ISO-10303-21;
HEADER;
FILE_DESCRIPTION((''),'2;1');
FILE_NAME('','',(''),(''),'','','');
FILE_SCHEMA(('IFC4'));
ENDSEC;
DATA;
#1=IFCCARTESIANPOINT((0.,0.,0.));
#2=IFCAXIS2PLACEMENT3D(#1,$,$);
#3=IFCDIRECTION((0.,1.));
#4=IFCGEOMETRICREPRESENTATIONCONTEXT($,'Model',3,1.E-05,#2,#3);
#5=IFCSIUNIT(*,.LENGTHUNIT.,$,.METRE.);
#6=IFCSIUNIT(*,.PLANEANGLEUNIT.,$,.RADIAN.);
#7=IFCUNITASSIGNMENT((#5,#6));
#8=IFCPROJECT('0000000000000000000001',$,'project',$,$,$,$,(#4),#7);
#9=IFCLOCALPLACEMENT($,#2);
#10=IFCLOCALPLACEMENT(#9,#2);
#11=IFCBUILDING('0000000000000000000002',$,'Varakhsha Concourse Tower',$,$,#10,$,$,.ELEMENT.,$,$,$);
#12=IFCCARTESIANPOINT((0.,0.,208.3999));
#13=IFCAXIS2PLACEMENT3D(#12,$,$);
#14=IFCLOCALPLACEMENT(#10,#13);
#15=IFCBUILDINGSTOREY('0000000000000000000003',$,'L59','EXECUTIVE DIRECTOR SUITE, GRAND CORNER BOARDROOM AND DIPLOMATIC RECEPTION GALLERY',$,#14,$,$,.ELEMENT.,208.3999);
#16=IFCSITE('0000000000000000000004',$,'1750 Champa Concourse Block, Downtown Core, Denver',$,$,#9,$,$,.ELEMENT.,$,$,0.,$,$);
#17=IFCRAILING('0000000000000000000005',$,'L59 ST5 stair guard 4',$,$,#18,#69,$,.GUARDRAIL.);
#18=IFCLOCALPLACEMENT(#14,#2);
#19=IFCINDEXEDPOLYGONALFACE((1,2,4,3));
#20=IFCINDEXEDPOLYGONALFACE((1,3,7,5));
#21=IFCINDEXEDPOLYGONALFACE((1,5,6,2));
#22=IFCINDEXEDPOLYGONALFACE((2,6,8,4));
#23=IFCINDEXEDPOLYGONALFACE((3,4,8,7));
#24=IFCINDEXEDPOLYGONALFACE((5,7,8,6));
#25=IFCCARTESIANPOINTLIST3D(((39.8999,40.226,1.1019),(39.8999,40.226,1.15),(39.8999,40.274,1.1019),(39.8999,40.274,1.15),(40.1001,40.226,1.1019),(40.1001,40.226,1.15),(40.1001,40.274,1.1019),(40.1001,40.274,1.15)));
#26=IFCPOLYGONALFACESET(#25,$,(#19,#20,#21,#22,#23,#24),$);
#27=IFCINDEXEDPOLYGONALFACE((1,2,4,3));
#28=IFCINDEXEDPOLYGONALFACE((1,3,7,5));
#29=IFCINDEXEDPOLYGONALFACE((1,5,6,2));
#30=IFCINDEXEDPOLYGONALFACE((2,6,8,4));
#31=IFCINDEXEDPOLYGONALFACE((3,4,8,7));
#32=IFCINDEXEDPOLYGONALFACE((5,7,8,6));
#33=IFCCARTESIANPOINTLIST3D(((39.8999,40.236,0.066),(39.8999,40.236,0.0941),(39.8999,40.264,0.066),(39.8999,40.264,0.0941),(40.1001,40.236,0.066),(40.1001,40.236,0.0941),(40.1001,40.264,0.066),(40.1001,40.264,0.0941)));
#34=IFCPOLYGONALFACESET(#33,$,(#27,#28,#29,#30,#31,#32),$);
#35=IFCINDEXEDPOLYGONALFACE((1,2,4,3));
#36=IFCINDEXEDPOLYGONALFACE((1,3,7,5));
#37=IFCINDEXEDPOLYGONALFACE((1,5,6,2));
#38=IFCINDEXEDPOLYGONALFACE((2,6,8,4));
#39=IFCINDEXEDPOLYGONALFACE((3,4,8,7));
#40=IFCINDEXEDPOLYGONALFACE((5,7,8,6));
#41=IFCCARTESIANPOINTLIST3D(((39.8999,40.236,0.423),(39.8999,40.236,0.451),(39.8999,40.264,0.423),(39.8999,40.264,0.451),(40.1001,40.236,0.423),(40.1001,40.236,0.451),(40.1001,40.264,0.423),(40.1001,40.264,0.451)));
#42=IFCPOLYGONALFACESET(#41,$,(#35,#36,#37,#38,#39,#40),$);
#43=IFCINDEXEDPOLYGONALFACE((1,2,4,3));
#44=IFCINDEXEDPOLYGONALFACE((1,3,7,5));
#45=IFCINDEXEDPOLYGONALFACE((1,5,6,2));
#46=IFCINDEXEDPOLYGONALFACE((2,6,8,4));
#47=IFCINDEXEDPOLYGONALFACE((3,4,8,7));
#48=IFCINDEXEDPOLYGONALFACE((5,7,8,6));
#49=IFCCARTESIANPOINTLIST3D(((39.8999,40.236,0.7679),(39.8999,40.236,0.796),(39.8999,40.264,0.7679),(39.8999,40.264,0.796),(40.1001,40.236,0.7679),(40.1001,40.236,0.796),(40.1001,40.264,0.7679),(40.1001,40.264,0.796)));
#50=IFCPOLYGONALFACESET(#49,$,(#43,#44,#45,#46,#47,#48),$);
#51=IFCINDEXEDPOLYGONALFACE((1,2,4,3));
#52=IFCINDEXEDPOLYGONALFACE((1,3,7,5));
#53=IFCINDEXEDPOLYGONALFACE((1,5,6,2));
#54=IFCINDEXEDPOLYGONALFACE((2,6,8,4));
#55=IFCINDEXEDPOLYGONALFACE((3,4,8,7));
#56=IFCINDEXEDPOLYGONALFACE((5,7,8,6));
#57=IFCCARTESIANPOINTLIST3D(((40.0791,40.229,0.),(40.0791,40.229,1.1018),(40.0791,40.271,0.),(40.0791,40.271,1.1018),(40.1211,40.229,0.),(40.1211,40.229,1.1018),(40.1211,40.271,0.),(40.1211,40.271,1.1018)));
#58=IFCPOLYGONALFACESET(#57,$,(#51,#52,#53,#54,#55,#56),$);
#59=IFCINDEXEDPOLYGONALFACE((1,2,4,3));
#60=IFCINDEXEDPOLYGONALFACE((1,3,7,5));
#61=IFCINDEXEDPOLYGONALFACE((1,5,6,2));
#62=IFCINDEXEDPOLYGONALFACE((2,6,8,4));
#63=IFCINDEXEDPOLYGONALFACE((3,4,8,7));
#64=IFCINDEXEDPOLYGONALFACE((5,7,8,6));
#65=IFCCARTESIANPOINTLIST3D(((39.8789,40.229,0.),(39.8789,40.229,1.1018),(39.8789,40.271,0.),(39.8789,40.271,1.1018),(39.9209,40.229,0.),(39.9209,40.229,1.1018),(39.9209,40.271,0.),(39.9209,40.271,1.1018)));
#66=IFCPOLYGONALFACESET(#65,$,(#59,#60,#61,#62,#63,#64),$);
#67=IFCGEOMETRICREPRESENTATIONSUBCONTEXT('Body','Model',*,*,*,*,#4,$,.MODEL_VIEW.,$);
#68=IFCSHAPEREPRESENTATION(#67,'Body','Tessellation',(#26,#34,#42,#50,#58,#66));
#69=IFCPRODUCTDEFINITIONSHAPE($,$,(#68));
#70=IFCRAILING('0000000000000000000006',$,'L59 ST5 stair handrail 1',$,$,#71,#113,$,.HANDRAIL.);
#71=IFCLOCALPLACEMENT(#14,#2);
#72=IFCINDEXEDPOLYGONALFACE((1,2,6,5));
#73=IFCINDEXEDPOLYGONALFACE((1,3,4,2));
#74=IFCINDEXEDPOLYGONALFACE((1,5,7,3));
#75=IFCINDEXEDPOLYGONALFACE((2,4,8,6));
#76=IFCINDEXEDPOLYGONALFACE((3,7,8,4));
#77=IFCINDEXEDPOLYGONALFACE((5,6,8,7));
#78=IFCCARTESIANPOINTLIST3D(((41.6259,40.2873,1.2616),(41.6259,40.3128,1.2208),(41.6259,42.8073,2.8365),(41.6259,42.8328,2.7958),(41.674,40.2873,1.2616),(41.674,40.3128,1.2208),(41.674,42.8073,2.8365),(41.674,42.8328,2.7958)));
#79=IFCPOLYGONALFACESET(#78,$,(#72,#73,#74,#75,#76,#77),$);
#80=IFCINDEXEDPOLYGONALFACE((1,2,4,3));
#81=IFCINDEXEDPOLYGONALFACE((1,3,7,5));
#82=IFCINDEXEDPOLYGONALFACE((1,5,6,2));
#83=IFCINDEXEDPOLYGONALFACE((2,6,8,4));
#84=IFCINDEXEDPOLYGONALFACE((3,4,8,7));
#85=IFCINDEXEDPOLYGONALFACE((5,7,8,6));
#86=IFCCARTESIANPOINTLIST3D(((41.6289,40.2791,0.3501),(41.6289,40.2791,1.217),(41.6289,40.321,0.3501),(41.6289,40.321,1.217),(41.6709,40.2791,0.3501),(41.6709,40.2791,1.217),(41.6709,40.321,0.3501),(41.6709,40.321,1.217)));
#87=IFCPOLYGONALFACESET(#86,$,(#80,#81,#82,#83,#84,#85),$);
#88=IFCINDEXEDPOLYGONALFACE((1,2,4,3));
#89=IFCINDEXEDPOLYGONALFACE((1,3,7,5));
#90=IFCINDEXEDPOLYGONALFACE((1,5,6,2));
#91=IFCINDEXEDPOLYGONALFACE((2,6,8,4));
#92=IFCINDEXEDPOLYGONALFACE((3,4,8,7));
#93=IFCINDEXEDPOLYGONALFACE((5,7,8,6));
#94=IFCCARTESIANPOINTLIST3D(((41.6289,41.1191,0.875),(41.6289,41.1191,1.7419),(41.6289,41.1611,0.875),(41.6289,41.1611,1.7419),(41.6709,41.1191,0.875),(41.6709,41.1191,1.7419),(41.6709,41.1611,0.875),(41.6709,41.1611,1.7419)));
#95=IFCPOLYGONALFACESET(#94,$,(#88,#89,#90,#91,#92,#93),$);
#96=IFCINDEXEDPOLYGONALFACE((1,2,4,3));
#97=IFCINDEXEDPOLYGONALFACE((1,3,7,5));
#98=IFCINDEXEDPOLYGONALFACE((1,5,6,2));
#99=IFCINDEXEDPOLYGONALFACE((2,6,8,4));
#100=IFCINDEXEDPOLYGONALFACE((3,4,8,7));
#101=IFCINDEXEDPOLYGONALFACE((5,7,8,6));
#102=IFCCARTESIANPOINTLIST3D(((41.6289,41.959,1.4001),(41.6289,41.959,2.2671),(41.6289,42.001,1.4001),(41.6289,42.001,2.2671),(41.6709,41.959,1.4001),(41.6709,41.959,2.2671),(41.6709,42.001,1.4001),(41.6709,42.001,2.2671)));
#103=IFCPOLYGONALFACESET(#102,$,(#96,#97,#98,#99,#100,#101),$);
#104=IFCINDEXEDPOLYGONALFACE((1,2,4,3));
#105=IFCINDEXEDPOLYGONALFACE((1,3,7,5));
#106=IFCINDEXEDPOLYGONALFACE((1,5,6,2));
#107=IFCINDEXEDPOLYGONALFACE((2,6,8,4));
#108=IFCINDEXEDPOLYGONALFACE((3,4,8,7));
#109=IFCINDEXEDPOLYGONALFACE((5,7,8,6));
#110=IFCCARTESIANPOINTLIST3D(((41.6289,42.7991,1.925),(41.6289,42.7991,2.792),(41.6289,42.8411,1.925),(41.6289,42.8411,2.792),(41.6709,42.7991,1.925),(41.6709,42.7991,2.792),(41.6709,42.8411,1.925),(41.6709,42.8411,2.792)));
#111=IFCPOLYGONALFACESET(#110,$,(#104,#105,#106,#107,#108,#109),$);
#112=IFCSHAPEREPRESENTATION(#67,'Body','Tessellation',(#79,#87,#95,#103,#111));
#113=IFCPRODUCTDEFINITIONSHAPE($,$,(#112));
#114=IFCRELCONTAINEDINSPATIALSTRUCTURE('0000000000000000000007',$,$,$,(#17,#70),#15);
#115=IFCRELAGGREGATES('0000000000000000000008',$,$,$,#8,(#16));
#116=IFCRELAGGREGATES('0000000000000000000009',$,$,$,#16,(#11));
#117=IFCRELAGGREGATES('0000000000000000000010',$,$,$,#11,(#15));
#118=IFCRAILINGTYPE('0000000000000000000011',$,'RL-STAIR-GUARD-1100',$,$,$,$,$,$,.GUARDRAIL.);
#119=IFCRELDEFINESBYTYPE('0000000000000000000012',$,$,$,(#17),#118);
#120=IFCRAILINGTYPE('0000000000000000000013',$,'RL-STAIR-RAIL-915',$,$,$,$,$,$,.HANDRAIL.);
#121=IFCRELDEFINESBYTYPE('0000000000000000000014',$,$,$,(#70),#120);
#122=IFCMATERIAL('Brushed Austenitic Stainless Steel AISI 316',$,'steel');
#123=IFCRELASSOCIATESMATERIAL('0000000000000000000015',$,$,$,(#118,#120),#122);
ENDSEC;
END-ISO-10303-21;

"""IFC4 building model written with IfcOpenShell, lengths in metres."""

from ifc_helpers import new_model, si_unit, direction, frame, origin, origin_2d, place, context, subcontext, project, spatial, rectangle, extrude, material, type_object, element, save


model = new_model("IFC4")

# Units and contexts
model_context = context("Model", 3, precision=1e-05, world=origin(), true_north=direction((0.0, 1.0)))
body_context = subcontext(model_context, "Body", "Model", "MODEL_VIEW")
ifc_project = project(units=[si_unit("LENGTHUNIT", "METRE"), si_unit("PLANEANGLEUNIT", "RADIAN")], contexts=[model_context])

# Site, building, storey
site_placement = place(None, origin())
site = spatial("IfcSite", under=ifc_project, at=site_placement, Name="1750 Champa Concourse Block, Downtown Core, Denver", CompositionType="ELEMENT", RefElevation=0.0)
building_placement = place(site_placement, origin())
building = spatial("IfcBuilding", under=site, at=building_placement, Name="Varakhsha Concourse Tower", CompositionType="ELEMENT")
storey_placement = place(building_placement, frame((0.0, 0.0, 208.3999)))
storey = spatial("IfcBuildingStorey", under=building, at=storey_placement, Name="L59", Description="EXECUTIVE DIRECTOR SUITE, GRAND CORNER BOARDROOM AND DIPLOMATIC RECEPTION GALLERY", CompositionType="ELEMENT", Elevation=208.3999)

# Railings
ifc_material_1 = material(Name="Brushed Austenitic Stainless Steel AISI 316", Category="steel")
railing_type_1 = type_object("IfcRailingType", Name="RL-STAIR-GUARD-1100", PredefinedType="GUARDRAIL", material=ifc_material_1)
railing_1_placement = place(storey_placement, frame((40.1001, 40.25, 0.0)))
element("IfcRailing", 1, at=railing_1_placement, inside=storey, type_object=railing_type_1, Name="L59 ST5 stair guard 4", PredefinedType="GUARDRAIL", context=body_context, shape_type="SweptSolid", body=[
    extrude(rectangle(XDim=0.0481, YDim=0.0481, at=origin_2d()), frame((0.0, 0.0, 1.126), z_axis=(-1.0, 0.0, 0.0), x_axis=(0.0, -1.0, 0.0)), (0.0, 0.0, 1.0), 0.2002),
    extrude(rectangle(XDim=0.0281, YDim=0.0281, at=origin_2d()), frame((0.0, 0.0, 0.0801), z_axis=(-1.0, 0.0, 0.0), x_axis=(0.0, -1.0, 0.0)), (0.0, 0.0, 1.0), 0.2002),
    extrude(rectangle(XDim=0.0281, YDim=0.0281, at=origin_2d()), frame((0.0, 0.0, 0.437), z_axis=(-1.0, 0.0, 0.0), x_axis=(0.0, -1.0, 0.0)), (0.0, 0.0, 1.0), 0.2002),
    extrude(rectangle(XDim=0.0281, YDim=0.0281, at=origin_2d()), frame((0.0, 0.0, 0.782), z_axis=(-1.0, 0.0, 0.0), x_axis=(0.0, -1.0, 0.0)), (0.0, 0.0, 1.0), 0.2002),
    extrude(rectangle(XDim=0.042, YDim=0.042, at=origin_2d()), origin(), (0.0, 0.0, 1.0), 1.1018),
    extrude(rectangle(XDim=0.042, YDim=0.042, at=origin_2d()), frame((-0.2002, 0.0, 0.0)), (0.0, 0.0, 1.0), 1.1018),
])
railing_type_2 = type_object("IfcRailingType", Name="RL-STAIR-RAIL-915", PredefinedType="HANDRAIL", material=ifc_material_1)
railing_2_placement = place(storey_placement, frame((41.6499, 40.3, 0.3501)))
element("IfcRailing", 2, at=railing_2_placement, inside=storey, type_object=railing_type_2, Name="L59 ST5 stair handrail 1", PredefinedType="HANDRAIL", context=body_context, shape_type="SweptSolid", body=[
    extrude(rectangle(XDim=0.0481, YDim=0.0481, at=origin_2d()), frame((0.0, 0.0, 0.8911), z_axis=(0.0, 0.848008, 0.529984), x_axis=(-1.0, 0.0, 0.0)), (0.0, 0.0, 1.0), 2.9717),
    extrude(rectangle(XDim=0.042, YDim=0.042, at=origin_2d()), origin(), (0.0, 0.0, 1.0), 0.8669),
    extrude(rectangle(XDim=0.042, YDim=0.042, at=origin_2d()), frame((0.0, 0.8401, 0.5249)), (0.0, 0.0, 1.0), 0.8669),
    extrude(rectangle(XDim=0.042, YDim=0.042, at=origin_2d()), frame((0.0, 1.6799, 1.05)), (0.0, 0.0, 1.0), 0.8669),
    extrude(rectangle(XDim=0.042, YDim=0.042, at=origin_2d()), frame((0.0, 2.52, 1.575)), (0.0, 0.0, 1.0), 0.8669),
])

save(model, "model.ifc")
